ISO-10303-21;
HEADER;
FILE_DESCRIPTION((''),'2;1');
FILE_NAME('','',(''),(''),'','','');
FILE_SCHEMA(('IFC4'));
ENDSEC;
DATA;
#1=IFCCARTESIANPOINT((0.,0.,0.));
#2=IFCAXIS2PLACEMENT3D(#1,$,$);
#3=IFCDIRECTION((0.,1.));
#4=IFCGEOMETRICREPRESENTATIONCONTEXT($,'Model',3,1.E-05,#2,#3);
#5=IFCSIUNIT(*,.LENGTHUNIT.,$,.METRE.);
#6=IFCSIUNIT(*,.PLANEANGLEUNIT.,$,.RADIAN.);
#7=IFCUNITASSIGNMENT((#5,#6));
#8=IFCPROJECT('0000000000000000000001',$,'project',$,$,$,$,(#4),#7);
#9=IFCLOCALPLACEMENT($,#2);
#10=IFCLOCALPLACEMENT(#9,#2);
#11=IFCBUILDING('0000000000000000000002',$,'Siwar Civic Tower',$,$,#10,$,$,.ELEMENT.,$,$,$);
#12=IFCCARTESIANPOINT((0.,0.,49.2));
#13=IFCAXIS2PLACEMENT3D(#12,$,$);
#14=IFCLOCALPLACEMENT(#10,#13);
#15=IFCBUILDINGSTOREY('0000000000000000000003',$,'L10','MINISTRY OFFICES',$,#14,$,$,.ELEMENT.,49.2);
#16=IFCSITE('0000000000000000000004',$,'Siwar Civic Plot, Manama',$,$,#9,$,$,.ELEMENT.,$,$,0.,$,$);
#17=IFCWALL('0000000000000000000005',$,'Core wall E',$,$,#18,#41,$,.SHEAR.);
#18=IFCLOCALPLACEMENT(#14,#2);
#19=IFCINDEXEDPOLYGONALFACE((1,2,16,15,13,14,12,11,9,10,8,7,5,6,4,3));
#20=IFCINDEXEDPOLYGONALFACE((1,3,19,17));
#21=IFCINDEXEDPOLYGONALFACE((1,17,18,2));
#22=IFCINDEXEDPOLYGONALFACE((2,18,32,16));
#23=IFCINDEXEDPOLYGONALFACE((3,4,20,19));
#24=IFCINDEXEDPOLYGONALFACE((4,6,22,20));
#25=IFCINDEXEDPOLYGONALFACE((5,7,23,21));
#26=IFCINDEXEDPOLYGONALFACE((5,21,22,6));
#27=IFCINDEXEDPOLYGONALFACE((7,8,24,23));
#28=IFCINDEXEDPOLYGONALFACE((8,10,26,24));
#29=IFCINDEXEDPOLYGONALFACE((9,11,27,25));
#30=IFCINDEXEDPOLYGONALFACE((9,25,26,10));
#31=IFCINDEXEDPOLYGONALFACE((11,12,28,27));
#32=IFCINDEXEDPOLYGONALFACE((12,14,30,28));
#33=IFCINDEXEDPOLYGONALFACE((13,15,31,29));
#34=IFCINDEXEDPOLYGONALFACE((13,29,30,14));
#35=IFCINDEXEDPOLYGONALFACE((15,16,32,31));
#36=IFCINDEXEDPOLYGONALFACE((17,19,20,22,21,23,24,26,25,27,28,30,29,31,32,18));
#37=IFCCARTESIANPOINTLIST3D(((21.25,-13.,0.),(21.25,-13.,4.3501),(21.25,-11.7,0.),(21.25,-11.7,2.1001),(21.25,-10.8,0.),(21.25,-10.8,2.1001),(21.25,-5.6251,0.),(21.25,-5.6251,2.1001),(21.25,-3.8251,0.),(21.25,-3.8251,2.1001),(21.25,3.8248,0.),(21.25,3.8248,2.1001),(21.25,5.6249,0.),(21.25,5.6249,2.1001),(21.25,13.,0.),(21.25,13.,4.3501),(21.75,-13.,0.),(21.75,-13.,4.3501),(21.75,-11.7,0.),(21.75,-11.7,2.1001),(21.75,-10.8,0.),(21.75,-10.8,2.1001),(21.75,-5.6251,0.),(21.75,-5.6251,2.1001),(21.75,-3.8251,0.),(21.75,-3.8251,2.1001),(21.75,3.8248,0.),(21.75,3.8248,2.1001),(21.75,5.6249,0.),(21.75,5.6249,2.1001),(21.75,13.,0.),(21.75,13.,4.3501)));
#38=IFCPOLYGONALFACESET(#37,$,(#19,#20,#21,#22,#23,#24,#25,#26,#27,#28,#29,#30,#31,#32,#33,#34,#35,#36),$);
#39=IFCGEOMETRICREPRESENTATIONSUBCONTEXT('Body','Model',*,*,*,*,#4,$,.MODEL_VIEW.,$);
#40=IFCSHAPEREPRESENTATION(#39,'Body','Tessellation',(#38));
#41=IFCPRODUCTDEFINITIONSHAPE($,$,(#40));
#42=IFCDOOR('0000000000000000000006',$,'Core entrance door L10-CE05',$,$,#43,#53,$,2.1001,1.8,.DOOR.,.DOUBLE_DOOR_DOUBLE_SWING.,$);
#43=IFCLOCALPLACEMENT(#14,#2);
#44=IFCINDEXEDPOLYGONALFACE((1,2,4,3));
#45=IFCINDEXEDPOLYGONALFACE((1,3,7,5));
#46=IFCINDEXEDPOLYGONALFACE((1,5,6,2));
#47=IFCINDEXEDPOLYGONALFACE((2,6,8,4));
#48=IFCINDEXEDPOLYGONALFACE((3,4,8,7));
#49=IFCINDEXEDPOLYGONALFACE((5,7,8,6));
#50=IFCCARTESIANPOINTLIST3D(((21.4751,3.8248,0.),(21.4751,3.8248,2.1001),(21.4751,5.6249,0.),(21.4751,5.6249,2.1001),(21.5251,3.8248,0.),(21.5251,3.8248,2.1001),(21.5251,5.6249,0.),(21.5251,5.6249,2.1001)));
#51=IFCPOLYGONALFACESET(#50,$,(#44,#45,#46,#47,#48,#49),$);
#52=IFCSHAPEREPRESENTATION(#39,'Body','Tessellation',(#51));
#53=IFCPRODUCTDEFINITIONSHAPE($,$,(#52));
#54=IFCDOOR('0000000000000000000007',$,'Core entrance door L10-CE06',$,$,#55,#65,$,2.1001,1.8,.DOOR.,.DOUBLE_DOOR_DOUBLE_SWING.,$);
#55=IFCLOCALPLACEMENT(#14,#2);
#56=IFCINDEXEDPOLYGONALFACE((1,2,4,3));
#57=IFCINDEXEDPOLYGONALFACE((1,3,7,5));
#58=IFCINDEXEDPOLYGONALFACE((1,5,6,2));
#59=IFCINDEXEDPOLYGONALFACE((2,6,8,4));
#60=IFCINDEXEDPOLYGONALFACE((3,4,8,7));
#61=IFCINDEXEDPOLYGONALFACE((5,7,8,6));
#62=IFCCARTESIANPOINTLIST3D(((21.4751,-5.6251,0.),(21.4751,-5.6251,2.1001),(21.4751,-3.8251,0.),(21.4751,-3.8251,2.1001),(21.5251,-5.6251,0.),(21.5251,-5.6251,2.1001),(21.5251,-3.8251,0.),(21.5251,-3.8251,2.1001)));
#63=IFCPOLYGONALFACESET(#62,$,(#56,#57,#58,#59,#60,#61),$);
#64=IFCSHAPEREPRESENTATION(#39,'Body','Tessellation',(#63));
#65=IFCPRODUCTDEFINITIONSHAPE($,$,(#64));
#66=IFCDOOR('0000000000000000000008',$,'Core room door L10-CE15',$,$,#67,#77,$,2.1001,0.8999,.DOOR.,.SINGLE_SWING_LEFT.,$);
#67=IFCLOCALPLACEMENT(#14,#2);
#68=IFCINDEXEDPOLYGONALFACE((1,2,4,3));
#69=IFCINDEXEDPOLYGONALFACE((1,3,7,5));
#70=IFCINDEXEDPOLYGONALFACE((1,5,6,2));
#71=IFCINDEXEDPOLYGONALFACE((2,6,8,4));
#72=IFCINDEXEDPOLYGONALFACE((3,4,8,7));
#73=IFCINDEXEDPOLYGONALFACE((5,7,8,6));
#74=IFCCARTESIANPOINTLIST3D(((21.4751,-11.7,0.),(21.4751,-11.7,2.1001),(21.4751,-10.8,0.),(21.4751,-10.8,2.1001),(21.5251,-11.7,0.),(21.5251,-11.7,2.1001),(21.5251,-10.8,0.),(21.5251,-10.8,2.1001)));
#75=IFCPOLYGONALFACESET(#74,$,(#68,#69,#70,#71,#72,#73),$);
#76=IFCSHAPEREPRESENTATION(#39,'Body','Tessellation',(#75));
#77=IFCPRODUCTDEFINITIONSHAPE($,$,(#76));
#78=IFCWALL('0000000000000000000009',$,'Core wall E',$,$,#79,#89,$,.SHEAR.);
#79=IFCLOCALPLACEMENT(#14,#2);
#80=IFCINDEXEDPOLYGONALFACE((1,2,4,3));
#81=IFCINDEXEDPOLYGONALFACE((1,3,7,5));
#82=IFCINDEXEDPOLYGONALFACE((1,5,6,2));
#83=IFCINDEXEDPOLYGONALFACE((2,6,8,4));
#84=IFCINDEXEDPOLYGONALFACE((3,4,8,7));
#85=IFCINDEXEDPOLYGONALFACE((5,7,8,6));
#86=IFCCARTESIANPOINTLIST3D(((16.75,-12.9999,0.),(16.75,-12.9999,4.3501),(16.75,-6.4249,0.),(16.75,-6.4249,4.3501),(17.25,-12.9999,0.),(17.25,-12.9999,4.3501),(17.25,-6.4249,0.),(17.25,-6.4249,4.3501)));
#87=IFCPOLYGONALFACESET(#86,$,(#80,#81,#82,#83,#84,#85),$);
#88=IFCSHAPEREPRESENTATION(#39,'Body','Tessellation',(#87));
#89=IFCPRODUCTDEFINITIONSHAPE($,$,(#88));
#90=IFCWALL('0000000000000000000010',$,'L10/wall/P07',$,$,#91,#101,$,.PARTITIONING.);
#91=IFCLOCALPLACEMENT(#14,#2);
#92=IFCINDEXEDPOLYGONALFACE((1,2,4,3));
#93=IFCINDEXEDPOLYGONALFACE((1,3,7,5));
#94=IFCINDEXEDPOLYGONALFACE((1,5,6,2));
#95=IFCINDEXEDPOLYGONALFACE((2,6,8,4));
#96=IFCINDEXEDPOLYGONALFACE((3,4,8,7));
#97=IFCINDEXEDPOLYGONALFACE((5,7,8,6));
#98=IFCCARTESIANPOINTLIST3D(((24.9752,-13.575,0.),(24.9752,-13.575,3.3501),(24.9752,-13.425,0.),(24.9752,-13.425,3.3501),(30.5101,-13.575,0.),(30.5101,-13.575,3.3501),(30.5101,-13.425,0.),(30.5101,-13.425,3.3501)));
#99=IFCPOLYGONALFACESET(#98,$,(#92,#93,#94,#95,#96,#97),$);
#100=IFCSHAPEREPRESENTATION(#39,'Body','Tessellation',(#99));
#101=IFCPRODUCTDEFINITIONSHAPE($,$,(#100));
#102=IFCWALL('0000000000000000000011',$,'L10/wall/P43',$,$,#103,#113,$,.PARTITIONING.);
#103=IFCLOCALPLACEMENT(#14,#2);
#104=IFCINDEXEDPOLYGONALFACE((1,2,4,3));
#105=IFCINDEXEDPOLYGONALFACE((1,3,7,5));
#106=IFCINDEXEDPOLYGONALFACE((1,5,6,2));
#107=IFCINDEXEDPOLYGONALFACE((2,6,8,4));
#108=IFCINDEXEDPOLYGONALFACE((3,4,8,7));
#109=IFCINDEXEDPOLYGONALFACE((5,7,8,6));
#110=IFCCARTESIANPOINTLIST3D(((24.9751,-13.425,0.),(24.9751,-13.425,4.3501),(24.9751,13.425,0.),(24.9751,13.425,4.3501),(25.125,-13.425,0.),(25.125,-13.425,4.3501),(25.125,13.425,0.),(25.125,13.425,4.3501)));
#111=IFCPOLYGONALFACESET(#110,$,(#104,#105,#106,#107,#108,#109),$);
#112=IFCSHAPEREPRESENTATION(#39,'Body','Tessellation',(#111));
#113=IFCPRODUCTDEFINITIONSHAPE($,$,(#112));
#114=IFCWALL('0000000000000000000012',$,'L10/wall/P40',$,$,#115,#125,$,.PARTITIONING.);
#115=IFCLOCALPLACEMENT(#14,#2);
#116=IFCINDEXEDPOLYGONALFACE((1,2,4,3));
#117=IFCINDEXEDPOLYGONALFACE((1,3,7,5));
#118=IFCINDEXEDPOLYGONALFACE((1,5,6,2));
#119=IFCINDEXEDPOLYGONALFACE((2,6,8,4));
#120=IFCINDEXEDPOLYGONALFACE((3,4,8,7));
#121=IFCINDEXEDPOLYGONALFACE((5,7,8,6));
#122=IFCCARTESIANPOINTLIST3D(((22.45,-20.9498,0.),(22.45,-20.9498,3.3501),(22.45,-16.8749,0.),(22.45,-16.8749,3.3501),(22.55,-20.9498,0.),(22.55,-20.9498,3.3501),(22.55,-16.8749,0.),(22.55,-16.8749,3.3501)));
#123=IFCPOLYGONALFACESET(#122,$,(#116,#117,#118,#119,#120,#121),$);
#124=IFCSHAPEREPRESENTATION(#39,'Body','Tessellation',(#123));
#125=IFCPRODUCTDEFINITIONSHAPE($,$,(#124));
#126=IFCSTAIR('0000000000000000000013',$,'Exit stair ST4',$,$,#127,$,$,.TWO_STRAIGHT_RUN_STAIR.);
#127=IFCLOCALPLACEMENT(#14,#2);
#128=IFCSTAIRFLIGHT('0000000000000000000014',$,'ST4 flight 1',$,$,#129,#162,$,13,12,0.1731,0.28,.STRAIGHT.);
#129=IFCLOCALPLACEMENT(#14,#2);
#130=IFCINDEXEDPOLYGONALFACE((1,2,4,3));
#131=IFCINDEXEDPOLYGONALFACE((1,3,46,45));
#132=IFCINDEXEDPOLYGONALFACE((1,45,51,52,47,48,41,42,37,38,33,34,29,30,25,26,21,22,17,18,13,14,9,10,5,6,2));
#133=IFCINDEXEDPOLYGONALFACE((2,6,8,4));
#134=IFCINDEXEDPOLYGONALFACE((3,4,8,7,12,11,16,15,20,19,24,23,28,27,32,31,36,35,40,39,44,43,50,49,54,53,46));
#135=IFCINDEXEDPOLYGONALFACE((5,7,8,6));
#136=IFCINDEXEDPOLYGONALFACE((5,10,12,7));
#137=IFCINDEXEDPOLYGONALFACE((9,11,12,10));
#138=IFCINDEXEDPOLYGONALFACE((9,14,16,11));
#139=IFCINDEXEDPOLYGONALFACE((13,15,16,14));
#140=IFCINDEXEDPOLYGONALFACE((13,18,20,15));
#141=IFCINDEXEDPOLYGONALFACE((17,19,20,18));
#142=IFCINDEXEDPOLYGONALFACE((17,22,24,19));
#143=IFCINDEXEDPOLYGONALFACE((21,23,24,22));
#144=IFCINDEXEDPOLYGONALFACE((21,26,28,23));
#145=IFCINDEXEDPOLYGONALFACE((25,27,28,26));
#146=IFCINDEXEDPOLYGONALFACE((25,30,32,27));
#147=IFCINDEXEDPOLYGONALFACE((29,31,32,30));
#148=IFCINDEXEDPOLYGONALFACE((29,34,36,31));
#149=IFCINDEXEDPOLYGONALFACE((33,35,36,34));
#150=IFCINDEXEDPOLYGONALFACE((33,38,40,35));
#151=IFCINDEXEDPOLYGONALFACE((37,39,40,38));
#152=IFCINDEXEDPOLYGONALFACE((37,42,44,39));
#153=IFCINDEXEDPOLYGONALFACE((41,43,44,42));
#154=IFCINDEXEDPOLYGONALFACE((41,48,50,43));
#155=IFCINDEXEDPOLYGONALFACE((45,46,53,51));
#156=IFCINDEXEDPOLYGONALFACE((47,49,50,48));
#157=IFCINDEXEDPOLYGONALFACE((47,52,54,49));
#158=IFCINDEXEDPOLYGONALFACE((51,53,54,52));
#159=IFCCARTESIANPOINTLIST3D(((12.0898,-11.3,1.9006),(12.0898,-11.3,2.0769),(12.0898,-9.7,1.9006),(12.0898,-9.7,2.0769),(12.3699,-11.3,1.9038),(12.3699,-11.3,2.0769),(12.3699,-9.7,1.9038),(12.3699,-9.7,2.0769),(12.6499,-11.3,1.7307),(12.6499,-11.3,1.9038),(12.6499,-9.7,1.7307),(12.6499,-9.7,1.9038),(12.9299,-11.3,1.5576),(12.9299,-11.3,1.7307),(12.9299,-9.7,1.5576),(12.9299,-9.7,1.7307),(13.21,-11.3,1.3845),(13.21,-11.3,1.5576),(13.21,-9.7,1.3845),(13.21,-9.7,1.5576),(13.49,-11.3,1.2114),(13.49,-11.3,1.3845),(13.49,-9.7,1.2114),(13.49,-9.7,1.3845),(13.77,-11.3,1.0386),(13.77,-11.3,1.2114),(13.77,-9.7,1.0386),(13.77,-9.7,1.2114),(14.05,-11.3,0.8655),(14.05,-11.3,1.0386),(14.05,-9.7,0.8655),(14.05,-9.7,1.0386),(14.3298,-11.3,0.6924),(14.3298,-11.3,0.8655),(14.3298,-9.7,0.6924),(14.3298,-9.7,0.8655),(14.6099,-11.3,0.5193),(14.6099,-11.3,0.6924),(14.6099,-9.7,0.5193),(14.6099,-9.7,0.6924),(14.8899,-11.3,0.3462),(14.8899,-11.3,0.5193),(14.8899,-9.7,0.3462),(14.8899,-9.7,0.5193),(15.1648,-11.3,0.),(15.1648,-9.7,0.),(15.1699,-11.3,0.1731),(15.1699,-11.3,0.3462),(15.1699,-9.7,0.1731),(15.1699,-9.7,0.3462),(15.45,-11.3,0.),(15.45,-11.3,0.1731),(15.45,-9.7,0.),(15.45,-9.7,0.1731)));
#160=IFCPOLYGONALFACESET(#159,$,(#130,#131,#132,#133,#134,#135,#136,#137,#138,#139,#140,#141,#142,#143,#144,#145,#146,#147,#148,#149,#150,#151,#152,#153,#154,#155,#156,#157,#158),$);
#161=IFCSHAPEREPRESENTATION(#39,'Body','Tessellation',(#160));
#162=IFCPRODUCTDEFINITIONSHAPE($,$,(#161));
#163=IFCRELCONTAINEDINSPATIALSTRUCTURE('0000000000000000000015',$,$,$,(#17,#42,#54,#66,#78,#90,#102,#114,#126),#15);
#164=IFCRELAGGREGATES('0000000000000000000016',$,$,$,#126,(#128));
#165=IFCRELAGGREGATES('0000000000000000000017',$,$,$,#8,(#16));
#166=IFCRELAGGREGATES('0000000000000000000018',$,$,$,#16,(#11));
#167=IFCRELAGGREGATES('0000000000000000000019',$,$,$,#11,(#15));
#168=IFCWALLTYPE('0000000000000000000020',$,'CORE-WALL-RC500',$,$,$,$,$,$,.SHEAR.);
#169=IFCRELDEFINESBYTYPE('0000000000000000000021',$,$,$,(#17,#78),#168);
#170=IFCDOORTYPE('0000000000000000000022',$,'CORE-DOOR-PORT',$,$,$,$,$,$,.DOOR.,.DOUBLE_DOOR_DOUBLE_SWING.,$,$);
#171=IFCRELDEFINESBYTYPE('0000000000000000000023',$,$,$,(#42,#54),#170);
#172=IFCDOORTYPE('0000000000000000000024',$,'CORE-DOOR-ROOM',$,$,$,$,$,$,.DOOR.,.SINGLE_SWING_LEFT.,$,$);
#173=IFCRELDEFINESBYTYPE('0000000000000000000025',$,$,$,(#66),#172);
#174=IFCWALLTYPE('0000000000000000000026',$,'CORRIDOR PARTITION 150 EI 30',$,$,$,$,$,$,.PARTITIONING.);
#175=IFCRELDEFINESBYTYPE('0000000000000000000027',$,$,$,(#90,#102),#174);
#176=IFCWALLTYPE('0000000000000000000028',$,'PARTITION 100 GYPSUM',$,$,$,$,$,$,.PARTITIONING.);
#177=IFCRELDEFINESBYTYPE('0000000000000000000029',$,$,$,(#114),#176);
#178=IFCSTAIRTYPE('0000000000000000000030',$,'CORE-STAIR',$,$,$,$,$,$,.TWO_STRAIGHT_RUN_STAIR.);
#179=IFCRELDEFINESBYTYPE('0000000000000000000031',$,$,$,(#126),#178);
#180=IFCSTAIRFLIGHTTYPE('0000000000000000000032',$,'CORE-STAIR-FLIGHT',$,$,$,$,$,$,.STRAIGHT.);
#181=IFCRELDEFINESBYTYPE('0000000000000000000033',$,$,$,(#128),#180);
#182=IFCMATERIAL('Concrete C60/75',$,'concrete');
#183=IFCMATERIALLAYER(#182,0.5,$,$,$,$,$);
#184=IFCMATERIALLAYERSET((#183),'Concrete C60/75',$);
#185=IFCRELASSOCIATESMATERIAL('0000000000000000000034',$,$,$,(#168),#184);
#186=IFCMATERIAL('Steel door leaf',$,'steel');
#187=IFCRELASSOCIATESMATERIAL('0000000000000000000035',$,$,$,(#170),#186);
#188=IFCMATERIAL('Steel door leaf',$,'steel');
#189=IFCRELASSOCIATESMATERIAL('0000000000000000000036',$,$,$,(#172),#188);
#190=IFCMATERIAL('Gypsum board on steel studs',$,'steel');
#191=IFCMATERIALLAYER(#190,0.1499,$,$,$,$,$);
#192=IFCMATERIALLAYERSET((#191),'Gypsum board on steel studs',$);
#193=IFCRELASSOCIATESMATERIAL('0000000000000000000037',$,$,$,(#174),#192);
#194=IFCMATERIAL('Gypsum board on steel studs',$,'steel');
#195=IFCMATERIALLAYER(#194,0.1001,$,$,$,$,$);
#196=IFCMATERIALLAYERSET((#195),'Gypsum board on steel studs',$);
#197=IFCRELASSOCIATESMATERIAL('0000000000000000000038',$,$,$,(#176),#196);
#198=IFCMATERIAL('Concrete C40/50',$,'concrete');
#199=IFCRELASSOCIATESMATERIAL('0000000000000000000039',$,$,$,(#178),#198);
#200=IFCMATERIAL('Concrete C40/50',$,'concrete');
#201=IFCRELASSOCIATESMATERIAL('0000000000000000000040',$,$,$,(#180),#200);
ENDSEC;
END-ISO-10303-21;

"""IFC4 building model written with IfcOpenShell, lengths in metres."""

from ifc_helpers import new_model, si_unit, direction, frame, frame_2d, origin, place, context, subcontext, project, spatial, polyline, rectangle, outline, extrude, material, layer, layer_set, type_object, element, fill, aggregate, save


model = new_model("IFC4")

# Units and contexts
model_context = context("Model", 3, precision=1e-05, world=origin(), true_north=direction((0.0, 1.0)))
body_context = subcontext(model_context, "Body", "Model", "MODEL_VIEW")
ifc_project = project(units=[si_unit("LENGTHUNIT", "METRE"), si_unit("PLANEANGLEUNIT", "RADIAN")], contexts=[model_context])

# Site, building, storey
site_placement = place(None, origin())
site = spatial("IfcSite", under=ifc_project, at=site_placement, Name="Siwar Civic Plot, Manama", CompositionType="ELEMENT", RefElevation=0.0)
building_placement = place(site_placement, origin())
building = spatial("IfcBuilding", under=site, at=building_placement, Name="Siwar Civic Tower", CompositionType="ELEMENT")
storey_placement = place(building_placement, frame((0.0, 0.0, 49.2)))
storey = spatial("IfcBuildingStorey", under=building, at=storey_placement, Name="L10", Description="MINISTRY OFFICES", CompositionType="ELEMENT", Elevation=49.2)

# Wall, openings, doors
ifc_material_1 = material(Name="Concrete C60/75", Category="concrete")
ifc_layer_1 = layer(ifc_material_1, 0.5)
ifc_layer_set_1 = layer_set([ifc_layer_1], Name="Concrete C60/75")
wall_type_1 = type_object("IfcWallType", Name="CORE-WALL-RC500", PredefinedType="SHEAR", material=ifc_layer_set_1)
wall_1_placement = place(storey_placement, frame((21.5, -13.0, 0.0), z_axis=(0.0, 0.0, 1.0), x_axis=(0.0, 1.0, 0.0)))
wall_1 = element("IfcWall", 1, at=wall_1_placement, inside=storey, type_object=wall_type_1, Name="Core wall E", PredefinedType="SHEAR", context=body_context, shape_type="SweptSolid", body=[
    extrude(rectangle(XDim=26.0, YDim=0.5, at=frame_2d((13.0, 0.0))), origin(), (0.0, 0.0, 1.0), 4.3501),
])
opening_1_placement = place(wall_1_placement, frame((16.825, 0.0, 0.0)))
opening_1 = element("IfcOpeningElement", 2, at=opening_1_placement, cuts=wall_1, PredefinedType="OPENING", context=body_context, shape_type="SweptSolid", body=[
    extrude(rectangle(XDim=1.8, YDim=2.1001, at=frame_2d((0.8999, 1.05))), frame((0.0, 0.26, 0.0), z_axis=(0.0, -1.0, 0.0), x_axis=(1.0, 0.0, 0.0)), (0.0, 0.0, 1.0), 0.52),
])
opening_2_placement = place(wall_1_placement, frame((7.375, 0.0, 0.0)))
opening_2 = element("IfcOpeningElement", 3, at=opening_2_placement, cuts=wall_1, PredefinedType="OPENING", context=body_context, shape_type="SweptSolid", body=[
    extrude(rectangle(XDim=1.8, YDim=2.1001, at=frame_2d((0.8999, 1.05))), frame((0.0, 0.26, 0.0), z_axis=(0.0, -1.0, 0.0), x_axis=(1.0, 0.0, 0.0)), (0.0, 0.0, 1.0), 0.52),
])
opening_3_placement = place(wall_1_placement, frame((1.3, 0.0, 0.0)))
opening_3 = element("IfcOpeningElement", 4, at=opening_3_placement, cuts=wall_1, PredefinedType="OPENING", context=body_context, shape_type="SweptSolid", body=[
    extrude(rectangle(XDim=0.8999, YDim=2.1001, at=frame_2d((0.45, 1.05))), frame((0.0, 0.26, 0.0), z_axis=(0.0, -1.0, 0.0), x_axis=(1.0, 0.0, 0.0)), (0.0, 0.0, 1.0), 0.52),
])
ifc_material_2 = material(Name="Steel door leaf", Category="steel")
door_type_1 = type_object("IfcDoorType", Name="CORE-DOOR-PORT", OperationType="DOUBLE_DOOR_DOUBLE_SWING", PredefinedType="DOOR", material=ifc_material_2)
door_1_placement = place(opening_1_placement, origin())
door_1 = element("IfcDoor", 5, at=door_1_placement, inside=storey, type_object=door_type_1, Name="Core entrance door L10-CE05", OperationType="DOUBLE_DOOR_DOUBLE_SWING", OverallHeight=2.1001, OverallWidth=1.8, PredefinedType="DOOR", context=body_context, shape_type="SweptSolid", body=[
    extrude(rectangle(XDim=1.8, YDim=2.1001, at=frame_2d((0.8999, 1.05))), frame((0.0, 0.0249, 0.0), z_axis=(0.0, -1.0, 0.0), x_axis=(1.0, 0.0, 0.0)), (0.0, 0.0, 1.0), 0.05),
])
fill(opening_1, door_1)
door_2_placement = place(opening_2_placement, origin())
door_2 = element("IfcDoor", 6, at=door_2_placement, inside=storey, type_object=door_type_1, Name="Core entrance door L10-CE06", OperationType="DOUBLE_DOOR_DOUBLE_SWING", OverallHeight=2.1001, OverallWidth=1.8, PredefinedType="DOOR", context=body_context, shape_type="SweptSolid", body=[
    extrude(rectangle(XDim=1.8, YDim=2.1001, at=frame_2d((0.8999, 1.05))), frame((0.0, 0.0249, 0.0), z_axis=(0.0, -1.0, 0.0), x_axis=(1.0, 0.0, 0.0)), (0.0, 0.0, 1.0), 0.05),
])
fill(opening_2, door_2)
ifc_material_3 = material(Name="Steel door leaf", Category="steel")
door_type_2 = type_object("IfcDoorType", Name="CORE-DOOR-ROOM", OperationType="SINGLE_SWING_LEFT", PredefinedType="DOOR", material=ifc_material_3)
door_3_placement = place(opening_3_placement, origin())
door_3 = element("IfcDoor", 7, at=door_3_placement, inside=storey, type_object=door_type_2, Name="Core room door L10-CE15", OperationType="SINGLE_SWING_LEFT", OverallHeight=2.1001, OverallWidth=0.8999, PredefinedType="DOOR", context=body_context, shape_type="SweptSolid", body=[
    extrude(rectangle(XDim=0.8999, YDim=2.1001, at=frame_2d((0.45, 1.05))), frame((0.0, 0.0249, 0.0), z_axis=(0.0, -1.0, 0.0), x_axis=(1.0, 0.0, 0.0)), (0.0, 0.0, 1.0), 0.05),
])
fill(opening_3, door_3)

# Walls
wall_2_placement = place(storey_placement, frame((17.0, -13.0, 0.0), z_axis=(0.0, 0.0, 1.0), x_axis=(0.0, 1.0, 0.0)))
element("IfcWall", 8, at=wall_2_placement, inside=storey, type_object=wall_type_1, Name="Core wall E", PredefinedType="SHEAR", context=body_context, shape_type="SweptSolid", body=[
    extrude(rectangle(XDim=6.575, YDim=0.5, at=frame_2d((3.2876, 0.0))), origin(), (0.0, 0.0, 1.0), 4.3501),
])
ifc_material_4 = material(Name="Gypsum board on steel studs", Category="steel")
ifc_layer_2 = layer(ifc_material_4, 0.1499)
ifc_layer_set_2 = layer_set([ifc_layer_2], Name="Gypsum board on steel studs")
wall_type_2 = type_object("IfcWallType", Name="CORRIDOR PARTITION 150 EI 30", PredefinedType="PARTITIONING", material=ifc_layer_set_2)
wall_3_placement = place(storey_placement, frame((24.9751, -13.5, 0.0), z_axis=(0.0, 0.0, 1.0), x_axis=(1.0, 0.0, 0.0)))
element("IfcWall", 9, at=wall_3_placement, inside=storey, type_object=wall_type_2, Name="L10/wall/P07", PredefinedType="PARTITIONING", context=body_context, shape_type="SweptSolid", body=[
    extrude(rectangle(XDim=5.5349, YDim=0.1499, at=frame_2d((2.7676, 0.0))), origin(), (0.0, 0.0, 1.0), 3.3501),
])
wall_4_placement = place(storey_placement, frame((25.05, -13.425, 0.0), z_axis=(0.0, 0.0, 1.0), x_axis=(0.0, 1.0, 0.0)))
element("IfcWall", 10, at=wall_4_placement, inside=storey, type_object=wall_type_2, Name="L10/wall/P43", PredefinedType="PARTITIONING", context=body_context, shape_type="SweptSolid", body=[
    extrude(rectangle(XDim=26.8501, YDim=0.1499, at=frame_2d((13.425, 0.0))), origin(), (0.0, 0.0, 1.0), 4.3501),
])
ifc_material_5 = material(Name="Gypsum board on steel studs", Category="steel")
ifc_layer_3 = layer(ifc_material_5, 0.1001)
ifc_layer_set_3 = layer_set([ifc_layer_3], Name="Gypsum board on steel studs")
wall_type_3 = type_object("IfcWallType", Name="PARTITION 100 GYPSUM", PredefinedType="PARTITIONING", material=ifc_layer_set_3)
wall_5_placement = place(storey_placement, frame((22.5, -20.95, 0.0), z_axis=(0.0, 0.0, 1.0), x_axis=(0.0, 1.0, 0.0)))
element("IfcWall", 11, at=wall_5_placement, inside=storey, type_object=wall_type_3, Name="L10/wall/P40", PredefinedType="PARTITIONING", context=body_context, shape_type="SweptSolid", body=[
    extrude(rectangle(XDim=4.075, YDim=0.1001, at=frame_2d((2.0376, 0.0))), origin(), (0.0, 0.0, 1.0), 3.3501),
])

# Stair, stair flight
ifc_material_6 = material(Name="Concrete C40/50", Category="concrete")
stair_type = type_object("IfcStairType", Name="CORE-STAIR", PredefinedType="TWO_STRAIGHT_RUN_STAIR", material=ifc_material_6)
stair_placement = place(storey_placement, origin())
stair = element("IfcStair", 12, at=stair_placement, inside=storey, type_object=stair_type, Name="Exit stair ST4", PredefinedType="TWO_STRAIGHT_RUN_STAIR")
ifc_material_7 = material(Name="Concrete C40/50", Category="concrete")
stair_flight_type = type_object("IfcStairFlightType", Name="CORE-STAIR-FLIGHT", PredefinedType="STRAIGHT", material=ifc_material_7)
stair_flight_placement = place(storey_placement, frame((15.45, -10.5, 0.0), z_axis=(0.0, 0.0, 1.0), x_axis=(-1.0, 0.0, 0.0)))
stair_flight = element("IfcStairFlight", 13, at=stair_flight_placement, type_object=stair_flight_type, Name="ST4 flight 1", NumberOfRisers=13, NumberOfTreads=12, PredefinedType="STRAIGHT", RiserHeight=0.1731, TreadLength=0.28, context=body_context, shape_type="SweptSolid", body=[
    extrude(outline(polyline([(0.0, 0.0), (0.0, 0.1731), (0.28, 0.1731), (0.28, 0.3462), (0.5601, 0.3462), (0.5601, 0.5193), (0.8401, 0.5193), (0.8401, 0.6924), (1.1201, 0.6924), (1.1201, 0.8655), (1.3999, 0.8655), (1.3999, 1.0386), (1.6799, 1.0386), (1.6799, 1.2114), (1.96, 1.2114), (1.96, 1.3845), (2.24, 1.3845), (2.24, 1.5576), (2.52, 1.5576), (2.52, 1.7307), (2.8, 1.7307), (2.8, 1.9038), (3.0801, 1.9038), (3.0801, 2.0769), (3.3601, 2.0769), (3.3601, 2.25), (3.3601, 1.9006), (0.2852, 0.0), (0.0, 0.0)])), frame((0.0, 0.8, 0.0), z_axis=(0.0, -1.0, 0.0), x_axis=(1.0, 0.0, 0.0)), (0.0, 0.0, 1.0), 1.6001),
])
aggregate(stair, [stair_flight])

save(model, "model.ifc")
